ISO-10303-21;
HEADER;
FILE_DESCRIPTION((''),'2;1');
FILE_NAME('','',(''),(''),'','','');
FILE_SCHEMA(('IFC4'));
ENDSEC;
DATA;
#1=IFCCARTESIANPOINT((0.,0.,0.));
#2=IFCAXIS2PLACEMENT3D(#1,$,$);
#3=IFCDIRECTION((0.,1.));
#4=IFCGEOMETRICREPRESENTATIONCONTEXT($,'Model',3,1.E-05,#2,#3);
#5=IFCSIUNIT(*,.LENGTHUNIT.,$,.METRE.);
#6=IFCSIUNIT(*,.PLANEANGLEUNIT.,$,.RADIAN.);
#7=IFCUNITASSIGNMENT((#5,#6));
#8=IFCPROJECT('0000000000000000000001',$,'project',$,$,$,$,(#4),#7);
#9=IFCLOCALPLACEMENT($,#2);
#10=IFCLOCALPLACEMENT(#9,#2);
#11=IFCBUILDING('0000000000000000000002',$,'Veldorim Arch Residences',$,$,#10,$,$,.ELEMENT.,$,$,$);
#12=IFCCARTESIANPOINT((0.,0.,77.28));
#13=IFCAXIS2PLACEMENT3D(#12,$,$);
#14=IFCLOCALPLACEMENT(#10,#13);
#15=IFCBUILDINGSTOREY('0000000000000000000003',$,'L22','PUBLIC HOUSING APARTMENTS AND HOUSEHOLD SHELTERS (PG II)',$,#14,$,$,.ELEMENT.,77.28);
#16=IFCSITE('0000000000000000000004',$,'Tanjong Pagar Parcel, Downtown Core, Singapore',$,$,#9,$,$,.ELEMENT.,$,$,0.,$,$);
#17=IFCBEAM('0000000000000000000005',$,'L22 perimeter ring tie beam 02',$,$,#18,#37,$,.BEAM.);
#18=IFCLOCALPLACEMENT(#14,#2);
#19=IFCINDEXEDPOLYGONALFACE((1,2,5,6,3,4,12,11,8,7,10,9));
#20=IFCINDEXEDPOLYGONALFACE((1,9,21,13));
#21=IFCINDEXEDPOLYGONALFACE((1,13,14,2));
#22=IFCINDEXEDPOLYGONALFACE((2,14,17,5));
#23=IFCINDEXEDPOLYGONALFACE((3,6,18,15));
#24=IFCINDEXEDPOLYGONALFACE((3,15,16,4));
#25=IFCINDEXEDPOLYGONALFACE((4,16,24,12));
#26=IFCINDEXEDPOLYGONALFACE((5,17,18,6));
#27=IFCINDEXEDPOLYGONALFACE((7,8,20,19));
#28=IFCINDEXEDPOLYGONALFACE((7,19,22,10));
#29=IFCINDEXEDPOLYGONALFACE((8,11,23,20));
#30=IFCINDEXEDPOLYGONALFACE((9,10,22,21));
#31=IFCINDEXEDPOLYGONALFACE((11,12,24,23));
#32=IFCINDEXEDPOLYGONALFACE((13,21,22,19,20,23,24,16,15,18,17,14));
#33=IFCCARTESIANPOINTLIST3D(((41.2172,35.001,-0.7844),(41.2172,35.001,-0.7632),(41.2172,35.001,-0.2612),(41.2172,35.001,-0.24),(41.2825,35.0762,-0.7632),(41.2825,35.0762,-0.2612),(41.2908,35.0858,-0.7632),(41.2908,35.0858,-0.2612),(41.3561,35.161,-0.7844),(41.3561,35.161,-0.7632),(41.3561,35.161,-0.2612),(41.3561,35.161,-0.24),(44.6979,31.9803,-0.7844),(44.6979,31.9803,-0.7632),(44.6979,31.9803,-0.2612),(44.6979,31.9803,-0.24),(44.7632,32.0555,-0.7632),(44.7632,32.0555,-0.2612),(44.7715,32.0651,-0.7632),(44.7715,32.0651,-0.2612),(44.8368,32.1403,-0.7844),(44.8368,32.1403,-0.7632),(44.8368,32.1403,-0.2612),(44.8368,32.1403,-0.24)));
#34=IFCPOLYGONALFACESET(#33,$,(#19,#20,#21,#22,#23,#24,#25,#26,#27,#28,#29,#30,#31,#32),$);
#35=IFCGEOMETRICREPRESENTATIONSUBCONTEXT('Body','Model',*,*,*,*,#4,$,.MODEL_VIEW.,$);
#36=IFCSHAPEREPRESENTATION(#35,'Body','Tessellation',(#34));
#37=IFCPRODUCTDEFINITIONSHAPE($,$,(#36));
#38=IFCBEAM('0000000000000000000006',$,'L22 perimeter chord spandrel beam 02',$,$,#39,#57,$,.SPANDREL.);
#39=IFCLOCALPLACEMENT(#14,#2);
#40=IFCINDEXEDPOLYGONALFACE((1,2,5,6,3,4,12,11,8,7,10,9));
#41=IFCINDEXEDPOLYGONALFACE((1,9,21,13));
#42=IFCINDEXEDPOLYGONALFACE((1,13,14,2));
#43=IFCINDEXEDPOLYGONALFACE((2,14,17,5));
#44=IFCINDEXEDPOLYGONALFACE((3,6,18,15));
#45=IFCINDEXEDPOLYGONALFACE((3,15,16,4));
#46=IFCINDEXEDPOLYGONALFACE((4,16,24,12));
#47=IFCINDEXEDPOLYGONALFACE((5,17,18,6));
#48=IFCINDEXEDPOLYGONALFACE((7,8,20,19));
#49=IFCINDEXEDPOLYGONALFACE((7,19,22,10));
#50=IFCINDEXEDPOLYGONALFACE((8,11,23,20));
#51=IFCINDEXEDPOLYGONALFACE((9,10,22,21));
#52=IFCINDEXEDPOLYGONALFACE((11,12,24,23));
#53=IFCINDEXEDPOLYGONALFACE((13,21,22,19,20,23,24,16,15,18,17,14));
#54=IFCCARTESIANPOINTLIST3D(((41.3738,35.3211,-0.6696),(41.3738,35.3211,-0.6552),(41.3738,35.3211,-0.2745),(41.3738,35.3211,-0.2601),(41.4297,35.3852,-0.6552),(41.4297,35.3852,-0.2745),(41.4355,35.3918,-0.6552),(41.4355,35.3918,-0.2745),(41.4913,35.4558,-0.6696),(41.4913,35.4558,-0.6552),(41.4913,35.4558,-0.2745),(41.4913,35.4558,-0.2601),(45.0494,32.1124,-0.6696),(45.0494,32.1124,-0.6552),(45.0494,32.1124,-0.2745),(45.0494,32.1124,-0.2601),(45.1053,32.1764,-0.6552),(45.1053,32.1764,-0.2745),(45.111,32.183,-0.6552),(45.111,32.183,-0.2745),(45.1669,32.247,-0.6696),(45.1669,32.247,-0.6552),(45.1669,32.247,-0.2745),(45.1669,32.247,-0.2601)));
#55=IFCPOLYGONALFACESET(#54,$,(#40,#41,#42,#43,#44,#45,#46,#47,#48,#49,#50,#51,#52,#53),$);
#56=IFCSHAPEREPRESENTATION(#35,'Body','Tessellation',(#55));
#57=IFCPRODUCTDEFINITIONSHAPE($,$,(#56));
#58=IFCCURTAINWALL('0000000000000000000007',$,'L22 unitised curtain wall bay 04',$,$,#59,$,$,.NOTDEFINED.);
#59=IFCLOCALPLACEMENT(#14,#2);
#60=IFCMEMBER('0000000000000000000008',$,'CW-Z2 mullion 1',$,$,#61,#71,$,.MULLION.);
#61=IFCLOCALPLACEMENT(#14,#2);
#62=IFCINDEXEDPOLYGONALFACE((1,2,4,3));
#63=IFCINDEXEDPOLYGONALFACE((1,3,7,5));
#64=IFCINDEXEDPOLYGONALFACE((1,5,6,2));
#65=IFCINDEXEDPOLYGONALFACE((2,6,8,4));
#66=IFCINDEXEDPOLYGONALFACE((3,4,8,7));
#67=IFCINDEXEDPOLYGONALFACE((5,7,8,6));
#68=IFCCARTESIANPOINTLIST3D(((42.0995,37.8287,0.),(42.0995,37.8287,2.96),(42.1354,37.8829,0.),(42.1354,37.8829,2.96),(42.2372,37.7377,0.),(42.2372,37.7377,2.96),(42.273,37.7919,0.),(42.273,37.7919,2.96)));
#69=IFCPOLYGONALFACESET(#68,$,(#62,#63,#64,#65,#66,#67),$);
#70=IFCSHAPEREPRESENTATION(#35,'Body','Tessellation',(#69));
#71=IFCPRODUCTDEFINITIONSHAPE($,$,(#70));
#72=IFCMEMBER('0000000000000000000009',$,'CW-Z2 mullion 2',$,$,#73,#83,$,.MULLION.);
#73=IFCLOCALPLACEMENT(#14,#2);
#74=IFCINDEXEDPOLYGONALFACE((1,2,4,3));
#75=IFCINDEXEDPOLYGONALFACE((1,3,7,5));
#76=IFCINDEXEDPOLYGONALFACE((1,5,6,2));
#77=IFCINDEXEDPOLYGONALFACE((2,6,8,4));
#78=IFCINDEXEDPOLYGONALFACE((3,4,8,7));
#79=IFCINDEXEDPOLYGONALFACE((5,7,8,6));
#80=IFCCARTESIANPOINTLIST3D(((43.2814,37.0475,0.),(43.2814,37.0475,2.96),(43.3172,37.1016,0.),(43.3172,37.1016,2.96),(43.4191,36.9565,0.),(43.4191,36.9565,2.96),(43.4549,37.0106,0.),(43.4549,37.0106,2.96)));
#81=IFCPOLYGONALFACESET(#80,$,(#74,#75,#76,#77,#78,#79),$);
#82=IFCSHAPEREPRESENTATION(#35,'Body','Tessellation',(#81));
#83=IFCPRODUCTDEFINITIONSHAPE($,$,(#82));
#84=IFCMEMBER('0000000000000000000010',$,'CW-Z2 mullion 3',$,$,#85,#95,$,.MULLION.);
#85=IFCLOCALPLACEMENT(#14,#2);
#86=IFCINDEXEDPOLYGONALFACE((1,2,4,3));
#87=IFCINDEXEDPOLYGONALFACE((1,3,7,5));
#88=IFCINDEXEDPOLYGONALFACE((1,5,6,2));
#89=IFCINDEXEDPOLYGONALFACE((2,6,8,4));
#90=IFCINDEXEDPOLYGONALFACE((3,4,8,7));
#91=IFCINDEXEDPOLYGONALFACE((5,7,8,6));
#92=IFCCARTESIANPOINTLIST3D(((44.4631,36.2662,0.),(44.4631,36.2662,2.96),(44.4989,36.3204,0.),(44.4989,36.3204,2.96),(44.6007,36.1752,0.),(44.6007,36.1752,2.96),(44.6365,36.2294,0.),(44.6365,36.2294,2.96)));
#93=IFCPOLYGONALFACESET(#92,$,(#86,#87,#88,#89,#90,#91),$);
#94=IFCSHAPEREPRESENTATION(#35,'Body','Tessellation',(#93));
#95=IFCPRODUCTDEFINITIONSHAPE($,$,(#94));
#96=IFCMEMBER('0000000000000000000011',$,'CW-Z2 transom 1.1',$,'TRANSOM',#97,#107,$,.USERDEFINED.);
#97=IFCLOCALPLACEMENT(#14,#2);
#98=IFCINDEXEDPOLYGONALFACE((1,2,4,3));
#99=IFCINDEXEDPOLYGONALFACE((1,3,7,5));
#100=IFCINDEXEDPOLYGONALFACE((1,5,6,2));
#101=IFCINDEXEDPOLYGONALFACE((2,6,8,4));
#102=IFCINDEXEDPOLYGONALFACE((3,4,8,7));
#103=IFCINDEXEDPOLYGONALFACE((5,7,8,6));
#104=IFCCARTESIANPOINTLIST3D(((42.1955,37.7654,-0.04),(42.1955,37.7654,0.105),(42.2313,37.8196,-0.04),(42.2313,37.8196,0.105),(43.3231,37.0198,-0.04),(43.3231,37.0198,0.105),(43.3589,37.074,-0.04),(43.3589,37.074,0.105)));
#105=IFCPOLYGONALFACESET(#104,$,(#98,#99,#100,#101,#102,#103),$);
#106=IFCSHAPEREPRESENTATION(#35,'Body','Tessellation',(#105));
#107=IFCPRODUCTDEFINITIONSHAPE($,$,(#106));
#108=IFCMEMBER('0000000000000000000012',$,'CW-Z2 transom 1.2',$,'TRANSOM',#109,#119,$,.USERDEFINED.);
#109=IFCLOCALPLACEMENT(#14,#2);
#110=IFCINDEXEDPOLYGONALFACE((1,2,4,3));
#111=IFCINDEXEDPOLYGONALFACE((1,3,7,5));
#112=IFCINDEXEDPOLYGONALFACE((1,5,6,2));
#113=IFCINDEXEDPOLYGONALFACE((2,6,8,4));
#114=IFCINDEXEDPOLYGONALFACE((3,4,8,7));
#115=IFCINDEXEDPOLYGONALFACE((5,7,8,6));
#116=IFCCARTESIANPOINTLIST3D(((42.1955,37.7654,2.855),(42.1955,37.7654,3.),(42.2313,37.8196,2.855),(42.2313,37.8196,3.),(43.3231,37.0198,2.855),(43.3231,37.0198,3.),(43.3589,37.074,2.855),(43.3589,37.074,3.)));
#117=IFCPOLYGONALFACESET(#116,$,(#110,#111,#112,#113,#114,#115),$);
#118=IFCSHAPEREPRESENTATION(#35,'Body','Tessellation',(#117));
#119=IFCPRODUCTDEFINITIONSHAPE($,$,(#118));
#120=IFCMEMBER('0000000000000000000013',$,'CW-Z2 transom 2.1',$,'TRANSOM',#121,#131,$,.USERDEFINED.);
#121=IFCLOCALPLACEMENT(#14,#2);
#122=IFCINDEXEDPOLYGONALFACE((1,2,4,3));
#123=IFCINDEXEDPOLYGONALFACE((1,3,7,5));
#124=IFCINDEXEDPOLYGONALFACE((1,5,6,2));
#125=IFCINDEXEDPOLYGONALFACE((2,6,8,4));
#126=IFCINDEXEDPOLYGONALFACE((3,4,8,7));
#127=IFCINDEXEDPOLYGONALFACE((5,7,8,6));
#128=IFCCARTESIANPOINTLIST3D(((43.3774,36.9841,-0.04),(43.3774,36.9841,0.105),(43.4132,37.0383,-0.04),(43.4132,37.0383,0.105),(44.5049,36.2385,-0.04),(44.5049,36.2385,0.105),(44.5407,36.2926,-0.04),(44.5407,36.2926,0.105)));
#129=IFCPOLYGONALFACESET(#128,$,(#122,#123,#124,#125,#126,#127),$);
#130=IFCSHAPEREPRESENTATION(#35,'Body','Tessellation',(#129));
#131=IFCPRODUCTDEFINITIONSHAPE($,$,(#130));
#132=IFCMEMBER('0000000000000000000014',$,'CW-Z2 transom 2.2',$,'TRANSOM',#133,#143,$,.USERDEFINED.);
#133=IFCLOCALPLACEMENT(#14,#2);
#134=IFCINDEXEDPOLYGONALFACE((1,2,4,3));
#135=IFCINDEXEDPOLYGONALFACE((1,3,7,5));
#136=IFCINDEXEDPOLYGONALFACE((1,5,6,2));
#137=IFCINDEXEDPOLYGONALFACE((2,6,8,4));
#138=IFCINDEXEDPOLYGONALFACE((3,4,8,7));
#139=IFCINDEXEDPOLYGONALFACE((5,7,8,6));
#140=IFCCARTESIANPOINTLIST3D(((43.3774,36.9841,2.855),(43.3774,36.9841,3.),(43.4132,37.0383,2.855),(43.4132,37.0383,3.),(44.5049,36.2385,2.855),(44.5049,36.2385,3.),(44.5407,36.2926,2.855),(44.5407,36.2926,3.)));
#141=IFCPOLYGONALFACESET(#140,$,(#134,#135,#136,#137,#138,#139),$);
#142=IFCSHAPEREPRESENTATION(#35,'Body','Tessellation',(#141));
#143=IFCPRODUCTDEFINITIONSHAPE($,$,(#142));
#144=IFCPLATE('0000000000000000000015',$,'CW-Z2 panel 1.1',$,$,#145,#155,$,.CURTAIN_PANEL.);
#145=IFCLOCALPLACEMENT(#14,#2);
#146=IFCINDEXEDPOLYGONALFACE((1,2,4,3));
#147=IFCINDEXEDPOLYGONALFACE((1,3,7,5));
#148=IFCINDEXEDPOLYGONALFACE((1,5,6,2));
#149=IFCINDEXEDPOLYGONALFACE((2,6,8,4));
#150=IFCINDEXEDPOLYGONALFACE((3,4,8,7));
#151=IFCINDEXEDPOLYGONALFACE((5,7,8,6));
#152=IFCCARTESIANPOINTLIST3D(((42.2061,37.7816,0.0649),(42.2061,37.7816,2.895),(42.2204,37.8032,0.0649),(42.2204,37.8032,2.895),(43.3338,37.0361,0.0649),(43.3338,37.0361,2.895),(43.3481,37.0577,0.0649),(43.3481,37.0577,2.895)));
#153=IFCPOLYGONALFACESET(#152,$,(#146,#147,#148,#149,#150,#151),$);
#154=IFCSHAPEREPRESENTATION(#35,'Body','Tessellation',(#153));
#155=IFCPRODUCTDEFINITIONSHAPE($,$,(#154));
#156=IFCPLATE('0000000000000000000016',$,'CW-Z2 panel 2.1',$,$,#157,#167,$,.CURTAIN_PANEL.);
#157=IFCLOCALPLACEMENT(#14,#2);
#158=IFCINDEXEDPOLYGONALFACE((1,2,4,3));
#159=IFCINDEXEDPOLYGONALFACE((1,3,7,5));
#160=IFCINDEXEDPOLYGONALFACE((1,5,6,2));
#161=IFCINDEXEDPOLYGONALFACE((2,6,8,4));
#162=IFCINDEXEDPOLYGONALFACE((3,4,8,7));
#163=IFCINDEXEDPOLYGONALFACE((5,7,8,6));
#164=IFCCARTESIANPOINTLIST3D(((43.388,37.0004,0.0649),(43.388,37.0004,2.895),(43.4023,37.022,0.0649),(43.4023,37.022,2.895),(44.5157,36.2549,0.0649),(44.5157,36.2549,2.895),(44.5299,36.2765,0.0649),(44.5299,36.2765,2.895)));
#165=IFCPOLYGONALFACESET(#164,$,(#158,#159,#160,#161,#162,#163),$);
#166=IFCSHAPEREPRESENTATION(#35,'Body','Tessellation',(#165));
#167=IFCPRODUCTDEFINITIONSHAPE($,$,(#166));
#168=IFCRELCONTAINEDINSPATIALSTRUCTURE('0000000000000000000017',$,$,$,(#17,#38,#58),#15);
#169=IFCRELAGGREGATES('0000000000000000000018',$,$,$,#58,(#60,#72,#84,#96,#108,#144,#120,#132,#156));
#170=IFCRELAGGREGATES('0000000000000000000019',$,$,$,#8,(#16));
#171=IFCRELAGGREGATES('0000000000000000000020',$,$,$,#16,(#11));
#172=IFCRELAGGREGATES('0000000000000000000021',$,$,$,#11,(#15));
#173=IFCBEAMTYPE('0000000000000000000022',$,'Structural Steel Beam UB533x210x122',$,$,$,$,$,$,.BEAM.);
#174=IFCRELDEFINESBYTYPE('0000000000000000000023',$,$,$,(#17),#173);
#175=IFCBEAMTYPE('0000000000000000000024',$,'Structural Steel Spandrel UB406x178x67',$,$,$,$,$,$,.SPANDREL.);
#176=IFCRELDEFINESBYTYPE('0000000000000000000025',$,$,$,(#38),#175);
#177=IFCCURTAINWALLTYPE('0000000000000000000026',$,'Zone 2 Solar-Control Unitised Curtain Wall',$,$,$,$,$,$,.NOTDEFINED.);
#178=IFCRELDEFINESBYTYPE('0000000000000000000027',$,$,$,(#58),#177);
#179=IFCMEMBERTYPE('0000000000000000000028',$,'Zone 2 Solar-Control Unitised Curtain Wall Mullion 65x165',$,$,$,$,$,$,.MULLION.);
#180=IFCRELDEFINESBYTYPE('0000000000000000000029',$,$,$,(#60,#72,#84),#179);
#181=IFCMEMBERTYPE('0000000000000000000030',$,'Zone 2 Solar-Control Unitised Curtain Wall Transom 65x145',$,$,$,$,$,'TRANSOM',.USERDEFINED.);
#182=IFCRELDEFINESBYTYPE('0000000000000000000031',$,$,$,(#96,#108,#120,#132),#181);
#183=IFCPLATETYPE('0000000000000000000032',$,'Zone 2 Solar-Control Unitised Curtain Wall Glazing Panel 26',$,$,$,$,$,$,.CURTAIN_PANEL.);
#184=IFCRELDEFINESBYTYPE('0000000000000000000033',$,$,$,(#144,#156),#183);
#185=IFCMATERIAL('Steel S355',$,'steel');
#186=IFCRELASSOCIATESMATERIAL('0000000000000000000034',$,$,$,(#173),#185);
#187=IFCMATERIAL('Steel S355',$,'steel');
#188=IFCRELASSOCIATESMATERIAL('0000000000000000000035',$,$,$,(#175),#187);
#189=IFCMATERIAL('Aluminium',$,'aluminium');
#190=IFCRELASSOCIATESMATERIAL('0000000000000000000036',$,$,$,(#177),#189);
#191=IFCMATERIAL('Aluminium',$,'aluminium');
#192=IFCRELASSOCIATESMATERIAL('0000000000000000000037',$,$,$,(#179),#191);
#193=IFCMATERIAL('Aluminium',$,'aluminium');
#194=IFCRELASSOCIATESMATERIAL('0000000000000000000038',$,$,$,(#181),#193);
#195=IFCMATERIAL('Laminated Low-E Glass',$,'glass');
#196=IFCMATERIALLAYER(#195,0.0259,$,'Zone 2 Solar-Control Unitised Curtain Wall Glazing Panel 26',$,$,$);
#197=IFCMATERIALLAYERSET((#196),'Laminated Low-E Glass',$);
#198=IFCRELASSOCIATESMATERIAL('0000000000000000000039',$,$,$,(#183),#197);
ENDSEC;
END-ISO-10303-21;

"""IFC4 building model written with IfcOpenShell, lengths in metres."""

from ifc_helpers import new_model, si_unit, direction, frame, origin, origin_2d, place, context, subcontext, project, spatial, rectangle, i_section, extrude, material, layer, layer_set, material_profile, profile_set, type_object, element, aggregate, save


model = new_model("IFC4")

# Units and contexts
model_context = context("Model", 3, precision=1e-05, world=origin(), true_north=direction((0.0, 1.0)))
body_context = subcontext(model_context, "Body", "Model", "MODEL_VIEW")
ifc_project = project(units=[si_unit("LENGTHUNIT", "METRE"), si_unit("PLANEANGLEUNIT", "RADIAN")], contexts=[model_context])

# Site, building, storey
site_placement = place(None, origin())
site = spatial("IfcSite", under=ifc_project, at=site_placement, Name="Tanjong Pagar Parcel, Downtown Core, Singapore", CompositionType="ELEMENT", RefElevation=0.0)
building_placement = place(site_placement, origin())
building = spatial("IfcBuilding", under=site, at=building_placement, Name="Veldorim Arch Residences", CompositionType="ELEMENT")
storey_placement = place(building_placement, frame((0.0, 0.0, 77.28)))
storey = spatial("IfcBuildingStorey", under=building, at=storey_placement, Name="L22", Description="PUBLIC HOUSING APARTMENTS AND HOUSEHOLD SHELTERS (PG II)", CompositionType="ELEMENT", Elevation=77.28)

# Beams
ifc_material_1 = material(Name="Steel S355", Category="steel")
ifc_material_profile_1 = material_profile(ifc_material_1, i_section(OverallWidth=0.2119, OverallDepth=0.5444, WebThickness=0.0127, FlangeThickness=0.0212, at=origin_2d()), Name="UB533x210x122")
ifc_profile_set_1 = profile_set([ifc_material_profile_1], Name="Steel S355")
beam_type_1 = type_object("IfcBeamType", Name="Structural Steel Beam UB533x210x122", PredefinedType="BEAM", material=ifc_profile_set_1)
beam_1_placement = place(storey_placement, frame((44.7673, 32.0603, -0.5122), z_axis=(-0.755245, 0.655443, 0.0), x_axis=(-0.655443, -0.755245, 0.0)))
element("IfcBeam", 1, at=beam_1_placement, inside=storey, type_object=beam_type_1, Name="L22 perimeter ring tie beam 02", PredefinedType="BEAM", context=body_context, shape_type="SweptSolid", body=[
    extrude(i_section(OverallWidth=0.2119, OverallDepth=0.5444, WebThickness=0.0127, FlangeThickness=0.0212, at=origin_2d()), origin(), (0.0, 0.0, 1.0), 4.6086),
])
ifc_material_2 = material(Name="Steel S355", Category="steel")
ifc_material_profile_2 = material_profile(ifc_material_2, i_section(OverallWidth=0.1787, OverallDepth=0.4094, WebThickness=0.0088, FlangeThickness=0.0144, at=origin_2d()), Name="UB406x178x67")
ifc_profile_set_2 = profile_set([ifc_material_profile_2], Name="Steel S355")
beam_type_2 = type_object("IfcBeamType", Name="Structural Steel Spandrel UB406x178x67", PredefinedType="SPANDREL", material=ifc_profile_set_2)
beam_2_placement = place(storey_placement, frame((45.1082, 32.1797, -0.4648), z_axis=(-0.753323, 0.65765, 0.0), x_axis=(-0.65765, -0.753323, 0.0)))
element("IfcBeam", 2, at=beam_2_placement, inside=storey, type_object=beam_type_2, Name="L22 perimeter chord spandrel beam 02", PredefinedType="SPANDREL", context=body_context, shape_type="SweptSolid", body=[
    extrude(i_section(OverallWidth=0.1787, OverallDepth=0.4094, WebThickness=0.0088, FlangeThickness=0.0144, at=origin_2d()), origin(), (0.0, 0.0, 1.0), 4.8792),
])

# Curtain wall, members, plates
ifc_material_3 = material(Name="Aluminium", Category="aluminium")
curtain_wall_type = type_object("IfcCurtainWallType", Name="Zone 2 Solar-Control Unitised Curtain Wall", PredefinedType="NOTDEFINED", material=ifc_material_3)
curtain_wall_placement = place(storey_placement, origin())
curtain_wall = element("IfcCurtainWall", 3, at=curtain_wall_placement, inside=storey, type_object=curtain_wall_type, Name="L22 unitised curtain wall bay 04", PredefinedType="NOTDEFINED")
ifc_material_4 = material(Name="Aluminium", Category="aluminium")
ifc_material_profile_3 = material_profile(ifc_material_4, rectangle(XDim=0.0649, YDim=0.165, at=origin_2d()), Name="ALU_MUL_65x165")
ifc_profile_set_3 = profile_set([ifc_material_profile_3], Name="Aluminium")
member_type_1 = type_object("IfcMemberType", Name="Zone 2 Solar-Control Unitised Curtain Wall Mullion 65x165", PredefinedType="MULLION", material=ifc_profile_set_3)
member_1_placement = place(storey_placement, frame((42.1863, 37.8103, 0.0), z_axis=(0.0, 0.0, 1.0), x_axis=(0.551503, 0.834173, 0.0)))
member_1 = element("IfcMember", 4, at=member_1_placement, type_object=member_type_1, Name="CW-Z2 mullion 1", PredefinedType="MULLION", context=body_context, shape_type="SweptSolid", body=[
    extrude(rectangle(XDim=0.0649, YDim=0.165, at=origin_2d()), origin(), (0.0, 0.0, 1.0), 2.96),
])
member_2_placement = place(storey_placement, frame((43.3682, 37.0291, 0.0), z_axis=(0.0, 0.0, 1.0), x_axis=(0.551503, 0.834173, 0.0)))
member_2 = element("IfcMember", 5, at=member_2_placement, type_object=member_type_1, Name="CW-Z2 mullion 2", PredefinedType="MULLION", context=body_context, shape_type="SweptSolid", body=[
    extrude(rectangle(XDim=0.0649, YDim=0.165, at=origin_2d()), origin(), (0.0, 0.0, 1.0), 2.96),
])
member_3_placement = place(storey_placement, frame((44.5498, 36.2478, 0.0), z_axis=(0.0, 0.0, 1.0), x_axis=(0.551503, 0.834173, 0.0)))
member_3 = element("IfcMember", 6, at=member_3_placement, type_object=member_type_1, Name="CW-Z2 mullion 3", PredefinedType="MULLION", context=body_context, shape_type="SweptSolid", body=[
    extrude(rectangle(XDim=0.0649, YDim=0.165, at=origin_2d()), origin(), (0.0, 0.0, 1.0), 2.96),
])
ifc_material_5 = material(Name="Aluminium", Category="aluminium")
ifc_material_profile_4 = material_profile(ifc_material_5, rectangle(XDim=0.0649, YDim=0.145, at=origin_2d()), Name="ALU_TRN_65x145")
ifc_profile_set_4 = profile_set([ifc_material_profile_4], Name="Aluminium")
member_type_2 = type_object("IfcMemberType", Name="Zone 2 Solar-Control Unitised Curtain Wall Transom 65x145", ElementType="TRANSOM", PredefinedType="USERDEFINED", material=ifc_profile_set_4)
member_4_placement = place(storey_placement, frame((42.2134, 37.7925, 0.0325), z_axis=(0.834156, -0.551529, 0.0), x_axis=(0.551529, 0.834156, 0.0)))
member_4 = element("IfcMember", 7, at=member_4_placement, type_object=member_type_2, Name="CW-Z2 transom 1.1", ObjectType="TRANSOM", PredefinedType="USERDEFINED", context=body_context, shape_type="SweptSolid", body=[
    extrude(rectangle(XDim=0.0649, YDim=0.145, at=origin_2d()), origin(), (0.0, 0.0, 1.0), 1.3518),
])
member_5_placement = place(storey_placement, frame((42.2134, 37.7925, 2.9275), z_axis=(0.834156, -0.551529, 0.0), x_axis=(0.551529, 0.834156, 0.0)))
member_5 = element("IfcMember", 8, at=member_5_placement, type_object=member_type_2, Name="CW-Z2 transom 1.2", ObjectType="TRANSOM", PredefinedType="USERDEFINED", context=body_context, shape_type="SweptSolid", body=[
    extrude(rectangle(XDim=0.0649, YDim=0.145, at=origin_2d()), origin(), (0.0, 0.0, 1.0), 1.3518),
])
member_6_placement = place(storey_placement, frame((43.3953, 37.0112, 0.0325), z_axis=(0.834101, -0.551612, 0.0), x_axis=(0.551612, 0.834101, 0.0)))
member_6 = element("IfcMember", 9, at=member_6_placement, type_object=member_type_2, Name="CW-Z2 transom 2.1", ObjectType="TRANSOM", PredefinedType="USERDEFINED", context=body_context, shape_type="SweptSolid", body=[
    extrude(rectangle(XDim=0.0649, YDim=0.145, at=origin_2d()), origin(), (0.0, 0.0, 1.0), 1.3518),
])
member_7_placement = place(storey_placement, frame((43.3953, 37.0112, 2.9275), z_axis=(0.834101, -0.551612, 0.0), x_axis=(0.551612, 0.834101, 0.0)))
member_7 = element("IfcMember", 10, at=member_7_placement, type_object=member_type_2, Name="CW-Z2 transom 2.2", ObjectType="TRANSOM", PredefinedType="USERDEFINED", context=body_context, shape_type="SweptSolid", body=[
    extrude(rectangle(XDim=0.0649, YDim=0.145, at=origin_2d()), origin(), (0.0, 0.0, 1.0), 1.3518),
])
ifc_material_6 = material(Name="Laminated Low-E Glass", Category="glass")
ifc_layer_1 = layer(ifc_material_6, 0.0259, Name="Zone 2 Solar-Control Unitised Curtain Wall Glazing Panel 26")
ifc_layer_set_1 = layer_set([ifc_layer_1], Name="Laminated Low-E Glass")
plate_type = type_object("IfcPlateType", Name="Zone 2 Solar-Control Unitised Curtain Wall Glazing Panel 26", PredefinedType="CURTAIN_PANEL", material=ifc_layer_set_1)
plate_1_placement = place(storey_placement, frame((42.7771, 37.4197, 0.0649), z_axis=(0.0, 0.0, 1.0), x_axis=(0.834173, -0.551503, 0.0)))
plate_1 = element("IfcPlate", 11, at=plate_1_placement, type_object=plate_type, Name="CW-Z2 panel 1.1", PredefinedType="CURTAIN_PANEL", context=body_context, shape_type="SweptSolid", body=[
    extrude(rectangle(XDim=1.3518, YDim=0.0259, at=origin_2d()), origin(), (0.0, 0.0, 1.0), 2.8301),
])
plate_2_placement = place(storey_placement, frame((43.959, 36.6384, 0.0649), z_axis=(0.0, 0.0, 1.0), x_axis=(0.834173, -0.551503, 0.0)))
plate_2 = element("IfcPlate", 12, at=plate_2_placement, type_object=plate_type, Name="CW-Z2 panel 2.1", PredefinedType="CURTAIN_PANEL", context=body_context, shape_type="SweptSolid", body=[
    extrude(rectangle(XDim=1.3518, YDim=0.0259, at=origin_2d()), origin(), (0.0, 0.0, 1.0), 2.8301),
])
aggregate(curtain_wall, [member_1, member_2, member_3, member_4, member_5, plate_1, member_6, member_7, plate_2])

save(model, "model.ifc")
